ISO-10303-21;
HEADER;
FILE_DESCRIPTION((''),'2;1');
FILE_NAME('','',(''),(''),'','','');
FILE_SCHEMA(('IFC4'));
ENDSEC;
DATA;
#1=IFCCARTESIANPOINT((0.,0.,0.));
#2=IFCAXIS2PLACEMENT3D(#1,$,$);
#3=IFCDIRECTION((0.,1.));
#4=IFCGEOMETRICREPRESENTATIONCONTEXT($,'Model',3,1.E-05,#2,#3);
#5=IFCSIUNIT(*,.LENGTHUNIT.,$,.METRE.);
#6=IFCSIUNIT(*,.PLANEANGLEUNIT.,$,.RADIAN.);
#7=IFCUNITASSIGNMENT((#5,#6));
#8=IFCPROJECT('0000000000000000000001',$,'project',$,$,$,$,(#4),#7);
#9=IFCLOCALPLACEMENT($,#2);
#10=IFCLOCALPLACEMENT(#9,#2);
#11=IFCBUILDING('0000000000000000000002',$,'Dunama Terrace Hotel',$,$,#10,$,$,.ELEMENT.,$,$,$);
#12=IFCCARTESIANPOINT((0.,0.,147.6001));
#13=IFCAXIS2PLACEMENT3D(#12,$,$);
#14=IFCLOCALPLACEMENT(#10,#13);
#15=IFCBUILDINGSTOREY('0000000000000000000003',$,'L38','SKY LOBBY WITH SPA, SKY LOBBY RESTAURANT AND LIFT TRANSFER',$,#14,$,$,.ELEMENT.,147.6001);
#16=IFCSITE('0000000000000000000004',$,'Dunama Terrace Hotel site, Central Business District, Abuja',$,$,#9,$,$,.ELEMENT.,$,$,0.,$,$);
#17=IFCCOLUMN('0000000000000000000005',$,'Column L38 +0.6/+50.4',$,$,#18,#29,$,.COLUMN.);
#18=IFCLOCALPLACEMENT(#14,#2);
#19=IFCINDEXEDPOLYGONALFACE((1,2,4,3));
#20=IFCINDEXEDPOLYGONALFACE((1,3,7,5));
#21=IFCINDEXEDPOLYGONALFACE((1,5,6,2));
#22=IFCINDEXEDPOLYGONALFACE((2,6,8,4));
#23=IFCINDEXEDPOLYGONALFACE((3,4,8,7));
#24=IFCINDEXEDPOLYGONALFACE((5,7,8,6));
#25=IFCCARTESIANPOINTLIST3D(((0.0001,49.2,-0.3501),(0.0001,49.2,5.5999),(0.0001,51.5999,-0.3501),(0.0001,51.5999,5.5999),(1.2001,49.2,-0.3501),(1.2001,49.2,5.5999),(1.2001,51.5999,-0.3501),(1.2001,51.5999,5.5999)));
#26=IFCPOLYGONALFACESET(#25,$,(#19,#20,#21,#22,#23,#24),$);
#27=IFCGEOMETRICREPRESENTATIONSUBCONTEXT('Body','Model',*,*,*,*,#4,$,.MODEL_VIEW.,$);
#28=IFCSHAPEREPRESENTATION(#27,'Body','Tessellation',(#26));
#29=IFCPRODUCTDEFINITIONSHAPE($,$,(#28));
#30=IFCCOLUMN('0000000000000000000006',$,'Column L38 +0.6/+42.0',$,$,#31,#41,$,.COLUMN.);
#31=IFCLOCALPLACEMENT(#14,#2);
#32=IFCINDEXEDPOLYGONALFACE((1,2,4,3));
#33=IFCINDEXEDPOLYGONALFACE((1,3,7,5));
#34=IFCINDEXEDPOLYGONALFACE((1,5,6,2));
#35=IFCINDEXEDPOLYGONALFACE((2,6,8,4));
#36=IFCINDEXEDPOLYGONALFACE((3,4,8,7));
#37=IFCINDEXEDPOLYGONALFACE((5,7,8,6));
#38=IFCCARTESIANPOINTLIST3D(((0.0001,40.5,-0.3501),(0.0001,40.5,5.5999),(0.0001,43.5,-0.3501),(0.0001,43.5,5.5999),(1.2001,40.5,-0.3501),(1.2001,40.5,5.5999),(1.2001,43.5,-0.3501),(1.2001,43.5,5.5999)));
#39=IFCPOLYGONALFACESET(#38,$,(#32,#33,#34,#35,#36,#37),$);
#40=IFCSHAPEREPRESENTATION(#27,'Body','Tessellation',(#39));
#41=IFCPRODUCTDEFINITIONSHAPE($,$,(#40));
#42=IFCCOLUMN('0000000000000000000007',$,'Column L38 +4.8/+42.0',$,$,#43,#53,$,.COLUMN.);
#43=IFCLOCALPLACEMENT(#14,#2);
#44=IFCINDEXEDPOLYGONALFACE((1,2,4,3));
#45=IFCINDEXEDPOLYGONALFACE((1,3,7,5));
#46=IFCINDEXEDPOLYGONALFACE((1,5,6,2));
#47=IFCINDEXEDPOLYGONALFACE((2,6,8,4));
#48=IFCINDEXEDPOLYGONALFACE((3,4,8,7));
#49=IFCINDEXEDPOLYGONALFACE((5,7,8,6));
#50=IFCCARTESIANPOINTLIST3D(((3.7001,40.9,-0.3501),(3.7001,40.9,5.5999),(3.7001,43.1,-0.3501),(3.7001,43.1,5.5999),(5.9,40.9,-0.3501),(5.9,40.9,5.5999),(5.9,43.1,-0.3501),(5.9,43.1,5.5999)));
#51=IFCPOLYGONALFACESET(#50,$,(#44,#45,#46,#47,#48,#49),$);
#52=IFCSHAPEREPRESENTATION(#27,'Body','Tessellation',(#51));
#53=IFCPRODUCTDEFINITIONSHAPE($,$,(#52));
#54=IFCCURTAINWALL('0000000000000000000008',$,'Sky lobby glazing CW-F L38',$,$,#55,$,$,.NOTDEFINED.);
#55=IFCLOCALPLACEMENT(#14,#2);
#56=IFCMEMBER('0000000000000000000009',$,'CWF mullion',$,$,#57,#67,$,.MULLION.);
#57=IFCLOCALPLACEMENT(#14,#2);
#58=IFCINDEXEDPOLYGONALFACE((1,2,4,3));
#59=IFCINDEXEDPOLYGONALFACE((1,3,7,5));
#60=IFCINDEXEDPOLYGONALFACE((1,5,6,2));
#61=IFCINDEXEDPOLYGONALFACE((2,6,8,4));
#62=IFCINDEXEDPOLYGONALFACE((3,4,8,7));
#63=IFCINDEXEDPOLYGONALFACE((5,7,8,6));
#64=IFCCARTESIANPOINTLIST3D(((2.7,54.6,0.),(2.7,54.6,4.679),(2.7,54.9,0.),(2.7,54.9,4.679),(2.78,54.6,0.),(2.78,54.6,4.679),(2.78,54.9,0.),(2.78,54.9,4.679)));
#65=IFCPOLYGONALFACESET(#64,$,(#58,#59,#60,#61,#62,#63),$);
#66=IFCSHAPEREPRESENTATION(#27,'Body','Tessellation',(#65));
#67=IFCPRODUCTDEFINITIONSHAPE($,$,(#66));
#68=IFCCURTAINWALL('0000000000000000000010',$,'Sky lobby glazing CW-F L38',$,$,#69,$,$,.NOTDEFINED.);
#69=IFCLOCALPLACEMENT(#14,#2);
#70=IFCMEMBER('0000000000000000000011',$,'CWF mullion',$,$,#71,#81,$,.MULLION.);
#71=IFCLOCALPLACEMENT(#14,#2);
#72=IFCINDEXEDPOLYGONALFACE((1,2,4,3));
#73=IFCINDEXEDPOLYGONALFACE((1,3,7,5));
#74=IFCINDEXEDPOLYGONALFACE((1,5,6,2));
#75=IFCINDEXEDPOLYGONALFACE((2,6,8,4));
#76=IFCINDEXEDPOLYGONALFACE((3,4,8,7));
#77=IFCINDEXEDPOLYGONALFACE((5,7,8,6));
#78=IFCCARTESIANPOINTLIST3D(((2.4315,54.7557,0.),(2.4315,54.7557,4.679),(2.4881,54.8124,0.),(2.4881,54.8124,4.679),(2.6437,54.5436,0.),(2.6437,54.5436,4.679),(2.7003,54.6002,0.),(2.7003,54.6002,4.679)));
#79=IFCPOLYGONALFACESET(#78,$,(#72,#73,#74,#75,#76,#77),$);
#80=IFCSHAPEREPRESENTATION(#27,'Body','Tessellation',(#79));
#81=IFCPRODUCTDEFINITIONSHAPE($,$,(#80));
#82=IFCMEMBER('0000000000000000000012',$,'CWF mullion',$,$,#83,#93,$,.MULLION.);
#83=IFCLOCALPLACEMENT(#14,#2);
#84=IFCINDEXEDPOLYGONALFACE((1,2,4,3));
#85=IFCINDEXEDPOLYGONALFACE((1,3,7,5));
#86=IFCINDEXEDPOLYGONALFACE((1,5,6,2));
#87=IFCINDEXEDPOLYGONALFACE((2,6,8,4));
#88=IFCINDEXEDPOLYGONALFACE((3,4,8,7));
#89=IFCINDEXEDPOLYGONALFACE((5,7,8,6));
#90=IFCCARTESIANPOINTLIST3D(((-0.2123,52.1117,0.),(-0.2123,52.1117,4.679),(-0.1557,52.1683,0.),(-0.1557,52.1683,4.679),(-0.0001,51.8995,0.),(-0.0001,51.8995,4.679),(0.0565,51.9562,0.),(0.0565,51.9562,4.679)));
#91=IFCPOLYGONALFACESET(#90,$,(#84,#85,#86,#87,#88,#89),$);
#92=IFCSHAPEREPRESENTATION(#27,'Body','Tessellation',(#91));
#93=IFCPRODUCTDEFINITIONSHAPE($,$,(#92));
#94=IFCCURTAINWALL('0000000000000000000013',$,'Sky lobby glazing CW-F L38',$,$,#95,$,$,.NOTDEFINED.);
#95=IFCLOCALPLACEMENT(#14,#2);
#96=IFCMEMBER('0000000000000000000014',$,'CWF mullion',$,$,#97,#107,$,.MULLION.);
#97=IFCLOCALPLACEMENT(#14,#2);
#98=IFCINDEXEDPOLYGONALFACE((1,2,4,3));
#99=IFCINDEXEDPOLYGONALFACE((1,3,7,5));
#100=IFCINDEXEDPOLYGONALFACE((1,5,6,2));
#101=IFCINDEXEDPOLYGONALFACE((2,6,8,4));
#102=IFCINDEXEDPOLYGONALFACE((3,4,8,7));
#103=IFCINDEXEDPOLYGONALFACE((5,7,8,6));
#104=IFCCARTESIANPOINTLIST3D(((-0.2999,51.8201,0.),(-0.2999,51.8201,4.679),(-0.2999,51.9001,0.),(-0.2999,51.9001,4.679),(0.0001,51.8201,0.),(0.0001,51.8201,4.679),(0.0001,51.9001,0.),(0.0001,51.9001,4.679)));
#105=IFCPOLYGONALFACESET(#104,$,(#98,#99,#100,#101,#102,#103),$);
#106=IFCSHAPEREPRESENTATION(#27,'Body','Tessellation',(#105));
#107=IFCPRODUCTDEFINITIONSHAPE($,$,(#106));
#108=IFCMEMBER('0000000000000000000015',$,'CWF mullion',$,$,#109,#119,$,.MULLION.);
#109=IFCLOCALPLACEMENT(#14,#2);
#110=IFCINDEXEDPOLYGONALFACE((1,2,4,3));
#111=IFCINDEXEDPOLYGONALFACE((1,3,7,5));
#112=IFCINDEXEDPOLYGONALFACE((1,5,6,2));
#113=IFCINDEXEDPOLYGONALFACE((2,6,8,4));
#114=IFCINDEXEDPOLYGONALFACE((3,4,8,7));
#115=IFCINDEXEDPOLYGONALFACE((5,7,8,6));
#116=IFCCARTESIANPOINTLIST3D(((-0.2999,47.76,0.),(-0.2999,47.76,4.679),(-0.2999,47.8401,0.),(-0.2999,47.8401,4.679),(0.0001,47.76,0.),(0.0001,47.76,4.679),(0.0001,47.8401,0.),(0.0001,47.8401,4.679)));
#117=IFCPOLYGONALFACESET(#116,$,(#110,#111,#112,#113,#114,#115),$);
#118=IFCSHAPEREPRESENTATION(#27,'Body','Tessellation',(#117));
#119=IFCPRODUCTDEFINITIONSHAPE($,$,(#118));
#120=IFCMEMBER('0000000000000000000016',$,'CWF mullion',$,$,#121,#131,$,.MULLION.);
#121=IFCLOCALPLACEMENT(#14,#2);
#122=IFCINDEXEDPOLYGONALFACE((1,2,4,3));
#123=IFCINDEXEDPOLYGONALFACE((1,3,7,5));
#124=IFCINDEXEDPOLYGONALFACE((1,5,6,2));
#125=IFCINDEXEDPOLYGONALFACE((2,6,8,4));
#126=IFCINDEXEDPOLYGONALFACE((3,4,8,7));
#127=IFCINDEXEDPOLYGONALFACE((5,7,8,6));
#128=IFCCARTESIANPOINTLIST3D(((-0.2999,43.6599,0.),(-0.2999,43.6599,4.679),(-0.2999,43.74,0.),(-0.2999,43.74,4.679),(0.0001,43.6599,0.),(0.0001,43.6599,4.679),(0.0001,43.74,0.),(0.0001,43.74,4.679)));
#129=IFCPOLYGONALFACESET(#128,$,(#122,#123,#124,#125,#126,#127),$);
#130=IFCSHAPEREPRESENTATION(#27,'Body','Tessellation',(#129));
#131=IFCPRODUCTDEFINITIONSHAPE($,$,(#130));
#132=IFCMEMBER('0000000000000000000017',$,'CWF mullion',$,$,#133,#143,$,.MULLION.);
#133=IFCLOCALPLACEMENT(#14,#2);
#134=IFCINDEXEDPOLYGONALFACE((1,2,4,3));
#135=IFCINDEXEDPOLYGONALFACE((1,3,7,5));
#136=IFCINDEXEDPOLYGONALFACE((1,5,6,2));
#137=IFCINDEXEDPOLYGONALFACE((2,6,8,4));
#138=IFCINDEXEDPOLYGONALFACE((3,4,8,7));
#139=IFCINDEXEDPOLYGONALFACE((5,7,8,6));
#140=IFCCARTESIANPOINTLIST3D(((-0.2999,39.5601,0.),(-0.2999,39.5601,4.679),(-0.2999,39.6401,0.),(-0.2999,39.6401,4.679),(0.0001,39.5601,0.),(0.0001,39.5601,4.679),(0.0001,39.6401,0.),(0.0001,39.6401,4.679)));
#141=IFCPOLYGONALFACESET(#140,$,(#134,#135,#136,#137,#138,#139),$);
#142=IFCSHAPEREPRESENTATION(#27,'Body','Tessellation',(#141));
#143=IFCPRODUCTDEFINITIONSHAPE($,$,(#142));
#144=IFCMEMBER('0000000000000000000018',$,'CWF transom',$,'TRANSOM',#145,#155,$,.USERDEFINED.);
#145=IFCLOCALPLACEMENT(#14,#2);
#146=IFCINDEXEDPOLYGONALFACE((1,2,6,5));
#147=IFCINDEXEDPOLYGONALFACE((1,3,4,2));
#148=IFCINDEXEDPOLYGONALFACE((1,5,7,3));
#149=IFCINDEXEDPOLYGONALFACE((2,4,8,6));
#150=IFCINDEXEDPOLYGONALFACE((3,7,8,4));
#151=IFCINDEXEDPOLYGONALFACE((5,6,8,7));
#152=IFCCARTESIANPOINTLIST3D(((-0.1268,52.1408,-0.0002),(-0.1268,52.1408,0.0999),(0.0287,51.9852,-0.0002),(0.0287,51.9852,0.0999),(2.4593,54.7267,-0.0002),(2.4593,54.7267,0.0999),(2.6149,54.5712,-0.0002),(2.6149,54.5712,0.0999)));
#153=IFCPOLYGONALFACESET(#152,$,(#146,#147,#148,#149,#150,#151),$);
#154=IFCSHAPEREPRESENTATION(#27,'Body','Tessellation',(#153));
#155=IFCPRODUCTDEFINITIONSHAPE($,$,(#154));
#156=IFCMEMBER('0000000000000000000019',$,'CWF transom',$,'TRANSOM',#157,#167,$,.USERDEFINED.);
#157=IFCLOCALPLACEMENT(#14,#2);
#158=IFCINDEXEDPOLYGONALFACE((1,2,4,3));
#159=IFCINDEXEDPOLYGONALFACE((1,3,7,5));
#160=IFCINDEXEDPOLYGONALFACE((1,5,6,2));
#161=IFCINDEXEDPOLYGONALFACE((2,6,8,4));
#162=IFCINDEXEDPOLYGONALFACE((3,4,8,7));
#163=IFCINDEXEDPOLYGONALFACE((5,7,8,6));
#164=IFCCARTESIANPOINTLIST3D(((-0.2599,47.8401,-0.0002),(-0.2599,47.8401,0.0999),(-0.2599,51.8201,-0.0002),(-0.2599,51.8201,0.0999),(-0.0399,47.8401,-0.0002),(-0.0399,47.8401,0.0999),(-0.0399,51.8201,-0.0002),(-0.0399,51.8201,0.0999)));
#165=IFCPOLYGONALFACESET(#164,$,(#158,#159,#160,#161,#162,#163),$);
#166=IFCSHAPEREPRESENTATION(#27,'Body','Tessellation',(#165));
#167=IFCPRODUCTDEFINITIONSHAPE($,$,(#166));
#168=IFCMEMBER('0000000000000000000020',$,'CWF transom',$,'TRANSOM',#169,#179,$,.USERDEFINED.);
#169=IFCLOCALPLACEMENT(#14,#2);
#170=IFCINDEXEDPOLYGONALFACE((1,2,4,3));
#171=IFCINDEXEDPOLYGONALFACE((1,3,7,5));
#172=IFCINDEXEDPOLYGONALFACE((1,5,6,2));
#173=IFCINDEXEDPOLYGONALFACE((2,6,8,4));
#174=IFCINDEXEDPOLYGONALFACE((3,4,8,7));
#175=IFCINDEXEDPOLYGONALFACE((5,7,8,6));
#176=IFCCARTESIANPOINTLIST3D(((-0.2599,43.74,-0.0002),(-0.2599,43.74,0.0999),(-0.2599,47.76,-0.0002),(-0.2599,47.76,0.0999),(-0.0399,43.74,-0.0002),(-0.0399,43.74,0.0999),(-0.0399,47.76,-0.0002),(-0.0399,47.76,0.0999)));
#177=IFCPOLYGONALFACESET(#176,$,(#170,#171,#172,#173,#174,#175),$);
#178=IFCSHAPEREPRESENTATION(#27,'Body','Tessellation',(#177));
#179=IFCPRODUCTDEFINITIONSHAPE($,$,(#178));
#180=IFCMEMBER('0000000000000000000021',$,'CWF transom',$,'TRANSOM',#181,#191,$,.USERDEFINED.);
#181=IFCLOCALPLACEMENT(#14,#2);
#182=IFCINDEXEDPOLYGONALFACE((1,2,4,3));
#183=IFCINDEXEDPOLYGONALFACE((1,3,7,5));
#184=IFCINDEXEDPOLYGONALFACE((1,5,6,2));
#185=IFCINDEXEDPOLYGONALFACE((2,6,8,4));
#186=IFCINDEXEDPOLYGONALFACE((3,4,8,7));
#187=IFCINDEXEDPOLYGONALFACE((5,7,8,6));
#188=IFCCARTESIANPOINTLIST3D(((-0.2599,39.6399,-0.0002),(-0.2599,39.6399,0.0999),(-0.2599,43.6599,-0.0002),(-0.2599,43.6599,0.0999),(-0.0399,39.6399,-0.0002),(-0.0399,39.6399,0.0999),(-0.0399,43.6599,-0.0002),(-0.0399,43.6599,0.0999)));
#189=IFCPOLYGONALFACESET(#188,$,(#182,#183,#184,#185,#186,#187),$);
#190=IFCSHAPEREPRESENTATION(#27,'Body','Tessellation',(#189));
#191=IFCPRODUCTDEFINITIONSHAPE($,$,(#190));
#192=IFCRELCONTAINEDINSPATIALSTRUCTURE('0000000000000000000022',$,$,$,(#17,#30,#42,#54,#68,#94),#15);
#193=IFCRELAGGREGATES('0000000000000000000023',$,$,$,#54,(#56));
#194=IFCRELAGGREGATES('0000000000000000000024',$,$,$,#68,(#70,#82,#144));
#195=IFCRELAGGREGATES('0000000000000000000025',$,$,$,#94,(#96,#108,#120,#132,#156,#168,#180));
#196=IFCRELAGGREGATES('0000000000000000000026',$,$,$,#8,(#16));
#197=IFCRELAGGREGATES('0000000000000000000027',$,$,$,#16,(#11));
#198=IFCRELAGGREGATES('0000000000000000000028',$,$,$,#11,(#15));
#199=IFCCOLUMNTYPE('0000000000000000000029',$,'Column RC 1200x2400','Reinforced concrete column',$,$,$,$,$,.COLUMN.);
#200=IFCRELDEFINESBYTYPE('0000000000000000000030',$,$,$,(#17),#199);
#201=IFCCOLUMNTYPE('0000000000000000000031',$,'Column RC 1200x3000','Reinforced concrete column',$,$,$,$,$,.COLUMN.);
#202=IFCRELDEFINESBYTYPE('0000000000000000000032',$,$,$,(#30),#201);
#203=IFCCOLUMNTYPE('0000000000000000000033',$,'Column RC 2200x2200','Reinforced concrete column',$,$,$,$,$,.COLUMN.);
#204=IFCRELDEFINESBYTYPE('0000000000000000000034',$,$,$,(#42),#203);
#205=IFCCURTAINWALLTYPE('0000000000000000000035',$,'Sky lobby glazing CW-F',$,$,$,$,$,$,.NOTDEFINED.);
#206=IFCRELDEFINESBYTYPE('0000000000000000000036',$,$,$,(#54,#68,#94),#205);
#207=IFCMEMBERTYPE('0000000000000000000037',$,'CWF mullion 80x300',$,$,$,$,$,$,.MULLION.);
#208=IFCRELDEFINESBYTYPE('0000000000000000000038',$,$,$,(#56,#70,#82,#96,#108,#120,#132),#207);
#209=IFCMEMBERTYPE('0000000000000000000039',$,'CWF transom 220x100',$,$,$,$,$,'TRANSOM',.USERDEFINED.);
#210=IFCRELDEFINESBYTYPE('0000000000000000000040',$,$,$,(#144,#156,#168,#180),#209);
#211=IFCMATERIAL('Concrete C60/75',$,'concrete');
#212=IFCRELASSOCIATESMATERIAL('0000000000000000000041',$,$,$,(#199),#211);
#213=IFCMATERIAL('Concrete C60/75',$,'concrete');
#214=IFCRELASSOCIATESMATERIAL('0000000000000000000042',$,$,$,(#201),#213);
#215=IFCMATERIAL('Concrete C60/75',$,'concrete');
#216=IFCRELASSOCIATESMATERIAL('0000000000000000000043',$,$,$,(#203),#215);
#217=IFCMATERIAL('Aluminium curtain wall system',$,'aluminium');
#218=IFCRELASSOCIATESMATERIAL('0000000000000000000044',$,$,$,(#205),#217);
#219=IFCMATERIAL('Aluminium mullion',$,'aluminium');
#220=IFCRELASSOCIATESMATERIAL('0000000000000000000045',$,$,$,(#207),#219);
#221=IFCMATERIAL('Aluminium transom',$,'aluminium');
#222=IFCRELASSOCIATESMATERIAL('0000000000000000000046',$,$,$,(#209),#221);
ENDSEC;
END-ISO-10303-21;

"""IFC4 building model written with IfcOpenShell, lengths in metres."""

from ifc_helpers import new_model, si_unit, direction, frame, origin, origin_2d, place, context, subcontext, project, spatial, rectangle, extrude, material, material_profile, profile_set, type_object, element, aggregate, save


model = new_model("IFC4")

# Units and contexts
model_context = context("Model", 3, precision=1e-05, world=origin(), true_north=direction((0.0, 1.0)))
body_context = subcontext(model_context, "Body", "Model", "MODEL_VIEW")
ifc_project = project(units=[si_unit("LENGTHUNIT", "METRE"), si_unit("PLANEANGLEUNIT", "RADIAN")], contexts=[model_context])

# Site, building, storey
site_placement = place(None, origin())
site = spatial("IfcSite", under=ifc_project, at=site_placement, Name="Dunama Terrace Hotel site, Central Business District, Abuja", CompositionType="ELEMENT", RefElevation=0.0)
building_placement = place(site_placement, origin())
building = spatial("IfcBuilding", under=site, at=building_placement, Name="Dunama Terrace Hotel", CompositionType="ELEMENT")
storey_placement = place(building_placement, frame((0.0, 0.0, 147.6001)))
storey = spatial("IfcBuildingStorey", under=building, at=storey_placement, Name="L38", Description="SKY LOBBY WITH SPA, SKY LOBBY RESTAURANT AND LIFT TRANSFER", CompositionType="ELEMENT", Elevation=147.6001)

# Columns
ifc_material_1 = material(Name="Concrete C60/75", Category="concrete")
ifc_material_profile_1 = material_profile(ifc_material_1, rectangle(XDim=1.2, YDim=2.3999, at=origin_2d()), Name="RC 1200x2400")
ifc_profile_set_1 = profile_set([ifc_material_profile_1], Name="Concrete C60/75")
column_type_1 = type_object("IfcColumnType", Name="Column RC 1200x2400", Description="Reinforced concrete column", PredefinedType="COLUMN", material=ifc_profile_set_1)
column_1_placement = place(storey_placement, frame((0.6001, 50.3999, -0.3501), z_axis=(0.0, 0.0, 1.0), x_axis=(1.0, 0.0, 0.0)))
element("IfcColumn", 1, at=column_1_placement, inside=storey, type_object=column_type_1, Name="Column L38 +0.6/+50.4", PredefinedType="COLUMN", context=body_context, shape_type="SweptSolid", body=[
    extrude(rectangle(XDim=1.2, YDim=2.3999, at=origin_2d()), origin(), (0.0, 0.0, 1.0), 5.95),
])
ifc_material_2 = material(Name="Concrete C60/75", Category="concrete")
ifc_material_profile_2 = material_profile(ifc_material_2, rectangle(XDim=1.2, YDim=3.0, at=origin_2d()), Name="RC 1200x3000")
ifc_profile_set_2 = profile_set([ifc_material_profile_2], Name="Concrete C60/75")
column_type_2 = type_object("IfcColumnType", Name="Column RC 1200x3000", Description="Reinforced concrete column", PredefinedType="COLUMN", material=ifc_profile_set_2)
column_2_placement = place(storey_placement, frame((0.6001, 42.0, -0.3501), z_axis=(0.0, 0.0, 1.0), x_axis=(1.0, 0.0, 0.0)))
element("IfcColumn", 2, at=column_2_placement, inside=storey, type_object=column_type_2, Name="Column L38 +0.6/+42.0", PredefinedType="COLUMN", context=body_context, shape_type="SweptSolid", body=[
    extrude(rectangle(XDim=1.2, YDim=3.0, at=origin_2d()), origin(), (0.0, 0.0, 1.0), 5.95),
])
ifc_material_3 = material(Name="Concrete C60/75", Category="concrete")
ifc_material_profile_3 = material_profile(ifc_material_3, rectangle(XDim=2.2, YDim=2.2, at=origin_2d()), Name="RC 2200x2200")
ifc_profile_set_3 = profile_set([ifc_material_profile_3], Name="Concrete C60/75")
column_type_3 = type_object("IfcColumnType", Name="Column RC 2200x2200", Description="Reinforced concrete column", PredefinedType="COLUMN", material=ifc_profile_set_3)
column_3_placement = place(storey_placement, frame((4.8, 42.0, -0.3501), z_axis=(0.0, 0.0, 1.0), x_axis=(1.0, 0.0, 0.0)))
element("IfcColumn", 3, at=column_3_placement, inside=storey, type_object=column_type_3, Name="Column L38 +4.8/+42.0", PredefinedType="COLUMN", context=body_context, shape_type="SweptSolid", body=[
    extrude(rectangle(XDim=2.2, YDim=2.2, at=origin_2d()), origin(), (0.0, 0.0, 1.0), 5.95),
])

# Curtain wall, member
ifc_material_4 = material(Name="Aluminium curtain wall system", Category="aluminium")
curtain_wall_type = type_object("IfcCurtainWallType", Name="Sky lobby glazing CW-F", PredefinedType="NOTDEFINED", material=ifc_material_4)
curtain_wall_1_placement = place(storey_placement, origin())
curtain_wall_1 = element("IfcCurtainWall", 4, at=curtain_wall_1_placement, inside=storey, type_object=curtain_wall_type, Name="Sky lobby glazing CW-F L38", PredefinedType="NOTDEFINED")
ifc_material_5 = material(Name="Aluminium mullion", Category="aluminium")
ifc_material_profile_4 = material_profile(ifc_material_5, rectangle(XDim=0.0801, YDim=0.3, at=origin_2d()), Name="CWF MULLION 80X300")
ifc_profile_set_4 = profile_set([ifc_material_profile_4], Name="Aluminium mullion")
member_type_1 = type_object("IfcMemberType", Name="CWF mullion 80x300", PredefinedType="MULLION", material=ifc_profile_set_4)
member_1_placement = place(storey_placement, frame((2.74, 54.75, 0.0), z_axis=(0.0, 0.0, 1.0), x_axis=(-1.0, 0.0, 0.0)))
member_1 = element("IfcMember", 5, at=member_1_placement, type_object=member_type_1, Name="CWF mullion", PredefinedType="MULLION", context=body_context, shape_type="SweptSolid", body=[
    extrude(rectangle(XDim=0.0801, YDim=0.3, at=origin_2d()), origin(), (0.0, 0.0, 1.0), 4.679),
])

# Curtain walls, members
curtain_wall_2_placement = place(storey_placement, origin())
curtain_wall_2 = element("IfcCurtainWall", 6, at=curtain_wall_2_placement, inside=storey, type_object=curtain_wall_type, Name="Sky lobby glazing CW-F L38", PredefinedType="NOTDEFINED")
member_2_placement = place(storey_placement, frame((2.5659, 54.678, 0.0), z_axis=(0.0, 0.0, 1.0), x_axis=(-0.707107, -0.707107, 0.0)))
member_2 = element("IfcMember", 7, at=member_2_placement, type_object=member_type_1, Name="CWF mullion", PredefinedType="MULLION", context=body_context, shape_type="SweptSolid", body=[
    extrude(rectangle(XDim=0.0801, YDim=0.3, at=origin_2d()), origin(), (0.0, 0.0, 1.0), 4.679),
])
member_3_placement = place(storey_placement, frame((-0.0779, 52.0339, 0.0), z_axis=(0.0, 0.0, 1.0), x_axis=(-0.707107, -0.707107, 0.0)))
member_3 = element("IfcMember", 8, at=member_3_placement, type_object=member_type_1, Name="CWF mullion", PredefinedType="MULLION", context=body_context, shape_type="SweptSolid", body=[
    extrude(rectangle(XDim=0.0801, YDim=0.3, at=origin_2d()), origin(), (0.0, 0.0, 1.0), 4.679),
])
curtain_wall_3_placement = place(storey_placement, origin())
curtain_wall_3 = element("IfcCurtainWall", 9, at=curtain_wall_3_placement, inside=storey, type_object=curtain_wall_type, Name="Sky lobby glazing CW-F L38", PredefinedType="NOTDEFINED")
member_4_placement = place(storey_placement, frame((-0.1499, 51.8601, 0.0), z_axis=(0.0, 0.0, 1.0), x_axis=(0.0, -1.0, 0.0)))
member_4 = element("IfcMember", 10, at=member_4_placement, type_object=member_type_1, Name="CWF mullion", PredefinedType="MULLION", context=body_context, shape_type="SweptSolid", body=[
    extrude(rectangle(XDim=0.0801, YDim=0.3, at=origin_2d()), origin(), (0.0, 0.0, 1.0), 4.679),
])
member_5_placement = place(storey_placement, frame((-0.1499, 47.8, 0.0), z_axis=(0.0, 0.0, 1.0), x_axis=(0.0, -1.0, 0.0)))
member_5 = element("IfcMember", 11, at=member_5_placement, type_object=member_type_1, Name="CWF mullion", PredefinedType="MULLION", context=body_context, shape_type="SweptSolid", body=[
    extrude(rectangle(XDim=0.0801, YDim=0.3, at=origin_2d()), origin(), (0.0, 0.0, 1.0), 4.679),
])
member_6_placement = place(storey_placement, frame((-0.1499, 43.7, 0.0), z_axis=(0.0, 0.0, 1.0), x_axis=(0.0, -1.0, 0.0)))
member_6 = element("IfcMember", 12, at=member_6_placement, type_object=member_type_1, Name="CWF mullion", PredefinedType="MULLION", context=body_context, shape_type="SweptSolid", body=[
    extrude(rectangle(XDim=0.0801, YDim=0.3, at=origin_2d()), origin(), (0.0, 0.0, 1.0), 4.679),
])
member_7_placement = place(storey_placement, frame((-0.1499, 39.6001, 0.0), z_axis=(0.0, 0.0, 1.0), x_axis=(0.0, -1.0, 0.0)))
member_7 = element("IfcMember", 13, at=member_7_placement, type_object=member_type_1, Name="CWF mullion", PredefinedType="MULLION", context=body_context, shape_type="SweptSolid", body=[
    extrude(rectangle(XDim=0.0801, YDim=0.3, at=origin_2d()), origin(), (0.0, 0.0, 1.0), 4.679),
])

# Members
ifc_material_6 = material(Name="Aluminium transom", Category="aluminium")
ifc_material_profile_5 = material_profile(ifc_material_6, rectangle(XDim=0.22, YDim=0.1001, at=origin_2d()), Name="CWF TRANSOM 220X100")
ifc_profile_set_5 = profile_set([ifc_material_profile_5], Name="Aluminium transom")
member_type_2 = type_object("IfcMemberType", Name="CWF transom 220x100", ElementType="TRANSOM", PredefinedType="USERDEFINED", material=ifc_profile_set_5)
member_8_placement = place(storey_placement, frame((2.5371, 54.6489, 0.0498), z_axis=(-0.70714, -0.707073, 0.0), x_axis=(0.707073, -0.70714, 0.0)))
member_8 = element("IfcMember", 14, at=member_8_placement, type_object=member_type_2, Name="CWF transom", ObjectType="TRANSOM", PredefinedType="USERDEFINED", context=body_context, shape_type="SweptSolid", body=[
    extrude(rectangle(XDim=0.22, YDim=0.1001, at=origin_2d()), origin(), (0.0, 0.0, 1.0), 3.6572),
])
member_9_placement = place(storey_placement, frame((-0.1499, 51.8201, 0.0498), z_axis=(0.0, -1.0, 0.0), x_axis=(1.0, 0.0, 0.0)))
member_9 = element("IfcMember", 15, at=member_9_placement, type_object=member_type_2, Name="CWF transom", ObjectType="TRANSOM", PredefinedType="USERDEFINED", context=body_context, shape_type="SweptSolid", body=[
    extrude(rectangle(XDim=0.22, YDim=0.1001, at=origin_2d()), origin(), (0.0, 0.0, 1.0), 3.98),
])
member_10_placement = place(storey_placement, frame((-0.1499, 47.76, 0.0498), z_axis=(0.0, -1.0, 0.0), x_axis=(1.0, 0.0, 0.0)))
member_10 = element("IfcMember", 16, at=member_10_placement, type_object=member_type_2, Name="CWF transom", ObjectType="TRANSOM", PredefinedType="USERDEFINED", context=body_context, shape_type="SweptSolid", body=[
    extrude(rectangle(XDim=0.22, YDim=0.1001, at=origin_2d()), origin(), (0.0, 0.0, 1.0), 4.02),
])
member_11_placement = place(storey_placement, frame((-0.1499, 43.6599, 0.0498), z_axis=(0.0, -1.0, 0.0), x_axis=(1.0, 0.0, 0.0)))
member_11 = element("IfcMember", 17, at=member_11_placement, type_object=member_type_2, Name="CWF transom", ObjectType="TRANSOM", PredefinedType="USERDEFINED", context=body_context, shape_type="SweptSolid", body=[
    extrude(rectangle(XDim=0.22, YDim=0.1001, at=origin_2d()), origin(), (0.0, 0.0, 1.0), 4.02),
])

aggregate(curtain_wall_1, [member_1])
aggregate(curtain_wall_2, [member_2, member_3, member_8])
aggregate(curtain_wall_3, [member_4, member_5, member_6, member_7, member_9, member_10, member_11])

save(model, "model.ifc")
